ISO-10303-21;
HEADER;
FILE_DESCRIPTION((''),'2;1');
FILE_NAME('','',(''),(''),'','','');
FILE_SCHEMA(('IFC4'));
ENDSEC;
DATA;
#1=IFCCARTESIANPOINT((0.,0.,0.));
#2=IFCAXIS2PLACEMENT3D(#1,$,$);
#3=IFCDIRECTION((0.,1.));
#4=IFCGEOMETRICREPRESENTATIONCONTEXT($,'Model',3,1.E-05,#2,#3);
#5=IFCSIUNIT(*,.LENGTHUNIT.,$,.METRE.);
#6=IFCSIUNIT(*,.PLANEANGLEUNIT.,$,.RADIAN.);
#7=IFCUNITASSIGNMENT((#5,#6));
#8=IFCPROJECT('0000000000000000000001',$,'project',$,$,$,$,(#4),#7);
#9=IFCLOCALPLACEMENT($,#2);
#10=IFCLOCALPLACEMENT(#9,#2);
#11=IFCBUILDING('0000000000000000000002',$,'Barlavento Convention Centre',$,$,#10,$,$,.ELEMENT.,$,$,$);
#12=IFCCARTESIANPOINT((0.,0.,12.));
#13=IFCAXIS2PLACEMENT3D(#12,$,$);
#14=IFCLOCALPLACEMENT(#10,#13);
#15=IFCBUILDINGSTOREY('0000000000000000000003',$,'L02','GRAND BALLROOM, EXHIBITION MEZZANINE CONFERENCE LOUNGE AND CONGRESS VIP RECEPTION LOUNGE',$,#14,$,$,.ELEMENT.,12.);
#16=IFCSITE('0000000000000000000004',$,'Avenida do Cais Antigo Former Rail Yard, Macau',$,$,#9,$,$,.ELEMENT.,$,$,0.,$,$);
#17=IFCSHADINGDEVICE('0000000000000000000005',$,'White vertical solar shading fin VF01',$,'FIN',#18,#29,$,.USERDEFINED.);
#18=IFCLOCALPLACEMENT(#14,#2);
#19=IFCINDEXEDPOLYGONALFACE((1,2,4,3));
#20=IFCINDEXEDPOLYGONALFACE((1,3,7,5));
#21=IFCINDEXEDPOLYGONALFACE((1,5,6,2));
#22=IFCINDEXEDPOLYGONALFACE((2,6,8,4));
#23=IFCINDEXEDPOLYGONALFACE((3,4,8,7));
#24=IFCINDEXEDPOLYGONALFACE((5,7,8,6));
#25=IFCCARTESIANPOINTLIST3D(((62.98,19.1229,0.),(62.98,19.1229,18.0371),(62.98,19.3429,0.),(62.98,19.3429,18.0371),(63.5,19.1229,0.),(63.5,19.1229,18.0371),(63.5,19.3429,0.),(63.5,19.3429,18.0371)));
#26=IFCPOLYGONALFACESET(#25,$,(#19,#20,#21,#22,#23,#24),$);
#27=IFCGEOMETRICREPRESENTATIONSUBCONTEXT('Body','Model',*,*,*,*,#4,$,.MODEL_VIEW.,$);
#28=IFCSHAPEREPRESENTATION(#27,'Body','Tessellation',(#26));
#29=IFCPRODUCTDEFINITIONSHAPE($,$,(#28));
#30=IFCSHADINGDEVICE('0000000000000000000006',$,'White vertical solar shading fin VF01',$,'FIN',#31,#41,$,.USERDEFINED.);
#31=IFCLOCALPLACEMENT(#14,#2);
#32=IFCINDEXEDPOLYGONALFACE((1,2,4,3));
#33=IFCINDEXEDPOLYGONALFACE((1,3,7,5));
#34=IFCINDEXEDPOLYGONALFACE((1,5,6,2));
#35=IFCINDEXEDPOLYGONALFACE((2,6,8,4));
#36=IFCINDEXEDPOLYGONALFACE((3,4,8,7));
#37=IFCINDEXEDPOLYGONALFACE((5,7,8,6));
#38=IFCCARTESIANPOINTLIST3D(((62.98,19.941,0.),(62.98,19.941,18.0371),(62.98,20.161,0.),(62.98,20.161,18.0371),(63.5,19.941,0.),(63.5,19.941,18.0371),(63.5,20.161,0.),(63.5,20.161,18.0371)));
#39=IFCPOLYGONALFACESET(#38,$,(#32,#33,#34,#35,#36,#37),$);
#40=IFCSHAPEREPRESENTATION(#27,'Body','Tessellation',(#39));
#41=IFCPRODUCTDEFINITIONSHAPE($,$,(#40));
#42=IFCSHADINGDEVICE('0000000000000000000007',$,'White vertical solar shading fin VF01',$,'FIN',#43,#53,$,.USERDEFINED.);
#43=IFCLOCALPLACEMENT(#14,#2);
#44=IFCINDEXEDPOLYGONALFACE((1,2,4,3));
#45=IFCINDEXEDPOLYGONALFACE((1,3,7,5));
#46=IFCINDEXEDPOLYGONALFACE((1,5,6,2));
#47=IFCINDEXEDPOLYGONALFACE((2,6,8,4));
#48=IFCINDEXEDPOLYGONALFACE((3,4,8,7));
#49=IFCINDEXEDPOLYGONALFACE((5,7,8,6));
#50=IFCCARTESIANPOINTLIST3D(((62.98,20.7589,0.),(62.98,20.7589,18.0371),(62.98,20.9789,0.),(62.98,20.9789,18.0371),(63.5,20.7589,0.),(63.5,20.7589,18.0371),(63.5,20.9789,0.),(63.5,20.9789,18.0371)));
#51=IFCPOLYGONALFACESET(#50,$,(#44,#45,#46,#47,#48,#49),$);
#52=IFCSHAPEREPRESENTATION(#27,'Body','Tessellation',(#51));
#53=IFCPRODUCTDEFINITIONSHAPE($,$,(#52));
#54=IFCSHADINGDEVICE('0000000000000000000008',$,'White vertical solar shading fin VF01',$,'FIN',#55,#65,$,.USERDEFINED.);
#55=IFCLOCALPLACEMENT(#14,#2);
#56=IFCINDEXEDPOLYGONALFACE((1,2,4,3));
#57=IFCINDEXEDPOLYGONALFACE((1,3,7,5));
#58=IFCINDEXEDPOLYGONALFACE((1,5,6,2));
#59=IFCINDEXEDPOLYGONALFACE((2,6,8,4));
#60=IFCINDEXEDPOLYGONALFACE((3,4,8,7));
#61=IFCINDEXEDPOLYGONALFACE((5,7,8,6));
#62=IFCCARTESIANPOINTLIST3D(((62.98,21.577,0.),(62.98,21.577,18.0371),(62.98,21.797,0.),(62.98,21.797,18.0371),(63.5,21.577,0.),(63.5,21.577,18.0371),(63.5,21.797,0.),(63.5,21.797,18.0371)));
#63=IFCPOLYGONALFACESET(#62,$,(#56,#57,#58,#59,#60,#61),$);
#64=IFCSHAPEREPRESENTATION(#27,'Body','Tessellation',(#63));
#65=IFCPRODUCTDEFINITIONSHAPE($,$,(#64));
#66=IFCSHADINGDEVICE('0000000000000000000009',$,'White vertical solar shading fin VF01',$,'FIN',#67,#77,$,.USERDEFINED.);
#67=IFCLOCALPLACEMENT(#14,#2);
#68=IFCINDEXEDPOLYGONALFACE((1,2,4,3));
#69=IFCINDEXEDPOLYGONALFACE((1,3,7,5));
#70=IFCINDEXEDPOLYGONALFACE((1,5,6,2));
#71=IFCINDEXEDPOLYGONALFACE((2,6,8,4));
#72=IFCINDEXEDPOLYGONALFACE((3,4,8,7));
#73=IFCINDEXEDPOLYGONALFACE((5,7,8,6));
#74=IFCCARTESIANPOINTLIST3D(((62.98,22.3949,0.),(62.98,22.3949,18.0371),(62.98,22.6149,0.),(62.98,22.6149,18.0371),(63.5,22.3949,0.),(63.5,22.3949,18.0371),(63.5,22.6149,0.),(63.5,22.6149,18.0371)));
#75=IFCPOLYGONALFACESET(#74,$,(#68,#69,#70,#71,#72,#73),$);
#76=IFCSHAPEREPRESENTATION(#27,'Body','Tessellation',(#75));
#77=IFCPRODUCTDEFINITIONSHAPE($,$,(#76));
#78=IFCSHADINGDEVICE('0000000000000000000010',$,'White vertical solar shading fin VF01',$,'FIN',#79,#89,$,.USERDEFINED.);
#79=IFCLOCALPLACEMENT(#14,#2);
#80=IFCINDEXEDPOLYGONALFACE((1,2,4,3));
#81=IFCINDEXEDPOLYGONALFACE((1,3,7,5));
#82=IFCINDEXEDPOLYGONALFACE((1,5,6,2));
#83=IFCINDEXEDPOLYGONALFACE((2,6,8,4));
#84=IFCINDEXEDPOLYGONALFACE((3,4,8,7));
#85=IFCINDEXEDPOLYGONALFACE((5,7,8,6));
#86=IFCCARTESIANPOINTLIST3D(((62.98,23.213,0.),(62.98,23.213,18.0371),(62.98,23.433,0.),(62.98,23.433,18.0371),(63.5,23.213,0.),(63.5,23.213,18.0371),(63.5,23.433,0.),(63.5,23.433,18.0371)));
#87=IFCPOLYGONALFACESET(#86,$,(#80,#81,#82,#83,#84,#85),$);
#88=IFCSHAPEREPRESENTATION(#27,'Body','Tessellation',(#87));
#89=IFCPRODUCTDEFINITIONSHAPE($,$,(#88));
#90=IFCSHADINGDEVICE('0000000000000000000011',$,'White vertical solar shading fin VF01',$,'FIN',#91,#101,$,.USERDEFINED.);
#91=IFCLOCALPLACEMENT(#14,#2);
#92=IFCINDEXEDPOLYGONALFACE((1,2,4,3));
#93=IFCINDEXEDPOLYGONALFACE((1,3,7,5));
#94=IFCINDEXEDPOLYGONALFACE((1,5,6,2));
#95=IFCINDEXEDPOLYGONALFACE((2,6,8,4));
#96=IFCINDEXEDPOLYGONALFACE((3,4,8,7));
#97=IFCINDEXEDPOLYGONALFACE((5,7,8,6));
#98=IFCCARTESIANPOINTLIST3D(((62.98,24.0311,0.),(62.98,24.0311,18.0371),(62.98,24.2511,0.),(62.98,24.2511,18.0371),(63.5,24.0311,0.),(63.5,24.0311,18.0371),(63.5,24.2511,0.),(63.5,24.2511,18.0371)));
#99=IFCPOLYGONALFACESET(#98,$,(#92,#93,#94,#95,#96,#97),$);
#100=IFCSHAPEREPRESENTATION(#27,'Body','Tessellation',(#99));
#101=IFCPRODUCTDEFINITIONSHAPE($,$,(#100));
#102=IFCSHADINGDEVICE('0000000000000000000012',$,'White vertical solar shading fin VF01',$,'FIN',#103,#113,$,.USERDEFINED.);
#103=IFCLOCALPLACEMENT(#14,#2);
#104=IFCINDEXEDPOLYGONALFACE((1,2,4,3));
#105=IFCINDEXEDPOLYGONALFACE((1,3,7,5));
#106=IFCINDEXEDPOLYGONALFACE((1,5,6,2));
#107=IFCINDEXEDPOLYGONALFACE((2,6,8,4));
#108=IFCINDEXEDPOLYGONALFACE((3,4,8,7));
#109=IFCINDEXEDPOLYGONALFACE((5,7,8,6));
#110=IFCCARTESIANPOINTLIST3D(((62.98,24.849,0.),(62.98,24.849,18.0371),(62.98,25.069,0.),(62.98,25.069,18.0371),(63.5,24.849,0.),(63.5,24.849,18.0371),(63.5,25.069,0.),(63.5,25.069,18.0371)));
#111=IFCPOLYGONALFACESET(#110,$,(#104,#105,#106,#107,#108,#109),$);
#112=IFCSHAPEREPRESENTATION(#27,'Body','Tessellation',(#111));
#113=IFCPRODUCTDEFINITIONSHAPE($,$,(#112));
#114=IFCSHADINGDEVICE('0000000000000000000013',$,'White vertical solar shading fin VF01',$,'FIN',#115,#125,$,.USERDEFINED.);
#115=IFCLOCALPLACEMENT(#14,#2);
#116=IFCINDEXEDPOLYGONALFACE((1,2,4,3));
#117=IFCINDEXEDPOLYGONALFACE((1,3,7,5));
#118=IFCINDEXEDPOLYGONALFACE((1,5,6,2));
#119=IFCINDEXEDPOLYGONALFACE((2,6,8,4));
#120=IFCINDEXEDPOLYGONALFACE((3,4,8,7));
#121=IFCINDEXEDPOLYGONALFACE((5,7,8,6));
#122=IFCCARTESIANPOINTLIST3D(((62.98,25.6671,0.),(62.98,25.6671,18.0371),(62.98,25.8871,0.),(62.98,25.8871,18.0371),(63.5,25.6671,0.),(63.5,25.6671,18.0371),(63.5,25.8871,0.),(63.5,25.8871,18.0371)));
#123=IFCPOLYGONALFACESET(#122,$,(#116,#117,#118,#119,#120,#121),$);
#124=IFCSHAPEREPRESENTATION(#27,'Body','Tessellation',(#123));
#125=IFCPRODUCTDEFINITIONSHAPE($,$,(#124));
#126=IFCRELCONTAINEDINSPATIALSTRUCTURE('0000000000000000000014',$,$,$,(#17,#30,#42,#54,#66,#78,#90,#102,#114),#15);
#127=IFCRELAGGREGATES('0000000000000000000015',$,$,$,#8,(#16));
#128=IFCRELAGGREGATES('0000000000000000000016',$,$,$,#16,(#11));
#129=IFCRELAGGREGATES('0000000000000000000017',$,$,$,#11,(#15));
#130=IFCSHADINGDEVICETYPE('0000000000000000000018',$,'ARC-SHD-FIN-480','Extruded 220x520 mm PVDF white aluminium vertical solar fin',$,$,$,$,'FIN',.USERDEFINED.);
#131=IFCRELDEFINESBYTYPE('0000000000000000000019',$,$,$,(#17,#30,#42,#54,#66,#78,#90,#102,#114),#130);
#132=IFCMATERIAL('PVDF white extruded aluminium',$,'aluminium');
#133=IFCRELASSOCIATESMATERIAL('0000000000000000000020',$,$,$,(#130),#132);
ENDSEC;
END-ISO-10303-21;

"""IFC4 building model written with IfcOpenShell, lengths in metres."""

from ifc_helpers import new_model, si_unit, direction, frame, origin, origin_2d, place, context, subcontext, project, spatial, rectangle, extrude, material, type_object, element, save


model = new_model("IFC4")

# Units and contexts
model_context = context("Model", 3, precision=1e-05, world=origin(), true_north=direction((0.0, 1.0)))
body_context = subcontext(model_context, "Body", "Model", "MODEL_VIEW")
ifc_project = project(units=[si_unit("LENGTHUNIT", "METRE"), si_unit("PLANEANGLEUNIT", "RADIAN")], contexts=[model_context])

# Site, building, storey
site_placement = place(None, origin())
site = spatial("IfcSite", under=ifc_project, at=site_placement, Name="Avenida do Cais Antigo Former Rail Yard, Macau", CompositionType="ELEMENT", RefElevation=0.0)
building_placement = place(site_placement, origin())
building = spatial("IfcBuilding", under=site, at=building_placement, Name="Barlavento Convention Centre", CompositionType="ELEMENT")
storey_placement = place(building_placement, frame((0.0, 0.0, 12.0)))
storey = spatial("IfcBuildingStorey", under=building, at=storey_placement, Name="L02", Description="GRAND BALLROOM, EXHIBITION MEZZANINE CONFERENCE LOUNGE AND CONGRESS VIP RECEPTION LOUNGE", CompositionType="ELEMENT", Elevation=12.0)

# Shading devices
ifc_material_1 = material(Name="PVDF white extruded aluminium", Category="aluminium")
shading_device_type = type_object("IfcShadingDeviceType", Name="ARC-SHD-FIN-480", Description="Extruded 220x520 mm PVDF white aluminium vertical solar fin", ElementType="FIN", PredefinedType="USERDEFINED", material=ifc_material_1)
for number, where, z_axis, x_axis, name in (
    (1, (63.24, 19.2329, 0.0), (0.0, 0.0, 1.0), (0.0, 1.0, 0.0), "White vertical solar shading fin VF01"),
    (2, (63.24, 20.051, 0.0), (0.0, 0.0, 1.0), (0.0, 1.0, 0.0), "White vertical solar shading fin VF01"),
    (3, (63.24, 20.8689, 0.0), (0.0, 0.0, 1.0), (0.0, 1.0, 0.0), "White vertical solar shading fin VF01"),
    (4, (63.24, 21.687, 0.0), (0.0, 0.0, 1.0), (0.0, 1.0, 0.0), "White vertical solar shading fin VF01"),
    (5, (63.24, 22.5049, 0.0), (0.0, 0.0, 1.0), (0.0, 1.0, 0.0), "White vertical solar shading fin VF01"),
    (6, (63.24, 23.323, 0.0), (0.0, 0.0, 1.0), (0.0, 1.0, 0.0), "White vertical solar shading fin VF01"),
    (7, (63.24, 24.1411, 0.0), (0.0, 0.0, 1.0), (0.0, 1.0, 0.0), "White vertical solar shading fin VF01"),
    (8, (63.24, 24.959, 0.0), (0.0, 0.0, 1.0), (0.0, 1.0, 0.0), "White vertical solar shading fin VF01"),
    (9, (63.24, 25.7771, 0.0), (0.0, 0.0, 1.0), (0.0, 1.0, 0.0), "White vertical solar shading fin VF01"),
):
    element("IfcShadingDevice", number, at=place(storey_placement, frame(where, z_axis=z_axis, x_axis=x_axis)), inside=storey, type_object=shading_device_type, Name=name, ObjectType="FIN", PredefinedType="USERDEFINED", context=body_context, shape_type="SweptSolid", body=[
        extrude(rectangle(XDim=0.22, YDim=0.52, at=origin_2d()), origin(), (0.0, 0.0, 1.0), 18.0371),
    ])

save(model, "model.ifc")
